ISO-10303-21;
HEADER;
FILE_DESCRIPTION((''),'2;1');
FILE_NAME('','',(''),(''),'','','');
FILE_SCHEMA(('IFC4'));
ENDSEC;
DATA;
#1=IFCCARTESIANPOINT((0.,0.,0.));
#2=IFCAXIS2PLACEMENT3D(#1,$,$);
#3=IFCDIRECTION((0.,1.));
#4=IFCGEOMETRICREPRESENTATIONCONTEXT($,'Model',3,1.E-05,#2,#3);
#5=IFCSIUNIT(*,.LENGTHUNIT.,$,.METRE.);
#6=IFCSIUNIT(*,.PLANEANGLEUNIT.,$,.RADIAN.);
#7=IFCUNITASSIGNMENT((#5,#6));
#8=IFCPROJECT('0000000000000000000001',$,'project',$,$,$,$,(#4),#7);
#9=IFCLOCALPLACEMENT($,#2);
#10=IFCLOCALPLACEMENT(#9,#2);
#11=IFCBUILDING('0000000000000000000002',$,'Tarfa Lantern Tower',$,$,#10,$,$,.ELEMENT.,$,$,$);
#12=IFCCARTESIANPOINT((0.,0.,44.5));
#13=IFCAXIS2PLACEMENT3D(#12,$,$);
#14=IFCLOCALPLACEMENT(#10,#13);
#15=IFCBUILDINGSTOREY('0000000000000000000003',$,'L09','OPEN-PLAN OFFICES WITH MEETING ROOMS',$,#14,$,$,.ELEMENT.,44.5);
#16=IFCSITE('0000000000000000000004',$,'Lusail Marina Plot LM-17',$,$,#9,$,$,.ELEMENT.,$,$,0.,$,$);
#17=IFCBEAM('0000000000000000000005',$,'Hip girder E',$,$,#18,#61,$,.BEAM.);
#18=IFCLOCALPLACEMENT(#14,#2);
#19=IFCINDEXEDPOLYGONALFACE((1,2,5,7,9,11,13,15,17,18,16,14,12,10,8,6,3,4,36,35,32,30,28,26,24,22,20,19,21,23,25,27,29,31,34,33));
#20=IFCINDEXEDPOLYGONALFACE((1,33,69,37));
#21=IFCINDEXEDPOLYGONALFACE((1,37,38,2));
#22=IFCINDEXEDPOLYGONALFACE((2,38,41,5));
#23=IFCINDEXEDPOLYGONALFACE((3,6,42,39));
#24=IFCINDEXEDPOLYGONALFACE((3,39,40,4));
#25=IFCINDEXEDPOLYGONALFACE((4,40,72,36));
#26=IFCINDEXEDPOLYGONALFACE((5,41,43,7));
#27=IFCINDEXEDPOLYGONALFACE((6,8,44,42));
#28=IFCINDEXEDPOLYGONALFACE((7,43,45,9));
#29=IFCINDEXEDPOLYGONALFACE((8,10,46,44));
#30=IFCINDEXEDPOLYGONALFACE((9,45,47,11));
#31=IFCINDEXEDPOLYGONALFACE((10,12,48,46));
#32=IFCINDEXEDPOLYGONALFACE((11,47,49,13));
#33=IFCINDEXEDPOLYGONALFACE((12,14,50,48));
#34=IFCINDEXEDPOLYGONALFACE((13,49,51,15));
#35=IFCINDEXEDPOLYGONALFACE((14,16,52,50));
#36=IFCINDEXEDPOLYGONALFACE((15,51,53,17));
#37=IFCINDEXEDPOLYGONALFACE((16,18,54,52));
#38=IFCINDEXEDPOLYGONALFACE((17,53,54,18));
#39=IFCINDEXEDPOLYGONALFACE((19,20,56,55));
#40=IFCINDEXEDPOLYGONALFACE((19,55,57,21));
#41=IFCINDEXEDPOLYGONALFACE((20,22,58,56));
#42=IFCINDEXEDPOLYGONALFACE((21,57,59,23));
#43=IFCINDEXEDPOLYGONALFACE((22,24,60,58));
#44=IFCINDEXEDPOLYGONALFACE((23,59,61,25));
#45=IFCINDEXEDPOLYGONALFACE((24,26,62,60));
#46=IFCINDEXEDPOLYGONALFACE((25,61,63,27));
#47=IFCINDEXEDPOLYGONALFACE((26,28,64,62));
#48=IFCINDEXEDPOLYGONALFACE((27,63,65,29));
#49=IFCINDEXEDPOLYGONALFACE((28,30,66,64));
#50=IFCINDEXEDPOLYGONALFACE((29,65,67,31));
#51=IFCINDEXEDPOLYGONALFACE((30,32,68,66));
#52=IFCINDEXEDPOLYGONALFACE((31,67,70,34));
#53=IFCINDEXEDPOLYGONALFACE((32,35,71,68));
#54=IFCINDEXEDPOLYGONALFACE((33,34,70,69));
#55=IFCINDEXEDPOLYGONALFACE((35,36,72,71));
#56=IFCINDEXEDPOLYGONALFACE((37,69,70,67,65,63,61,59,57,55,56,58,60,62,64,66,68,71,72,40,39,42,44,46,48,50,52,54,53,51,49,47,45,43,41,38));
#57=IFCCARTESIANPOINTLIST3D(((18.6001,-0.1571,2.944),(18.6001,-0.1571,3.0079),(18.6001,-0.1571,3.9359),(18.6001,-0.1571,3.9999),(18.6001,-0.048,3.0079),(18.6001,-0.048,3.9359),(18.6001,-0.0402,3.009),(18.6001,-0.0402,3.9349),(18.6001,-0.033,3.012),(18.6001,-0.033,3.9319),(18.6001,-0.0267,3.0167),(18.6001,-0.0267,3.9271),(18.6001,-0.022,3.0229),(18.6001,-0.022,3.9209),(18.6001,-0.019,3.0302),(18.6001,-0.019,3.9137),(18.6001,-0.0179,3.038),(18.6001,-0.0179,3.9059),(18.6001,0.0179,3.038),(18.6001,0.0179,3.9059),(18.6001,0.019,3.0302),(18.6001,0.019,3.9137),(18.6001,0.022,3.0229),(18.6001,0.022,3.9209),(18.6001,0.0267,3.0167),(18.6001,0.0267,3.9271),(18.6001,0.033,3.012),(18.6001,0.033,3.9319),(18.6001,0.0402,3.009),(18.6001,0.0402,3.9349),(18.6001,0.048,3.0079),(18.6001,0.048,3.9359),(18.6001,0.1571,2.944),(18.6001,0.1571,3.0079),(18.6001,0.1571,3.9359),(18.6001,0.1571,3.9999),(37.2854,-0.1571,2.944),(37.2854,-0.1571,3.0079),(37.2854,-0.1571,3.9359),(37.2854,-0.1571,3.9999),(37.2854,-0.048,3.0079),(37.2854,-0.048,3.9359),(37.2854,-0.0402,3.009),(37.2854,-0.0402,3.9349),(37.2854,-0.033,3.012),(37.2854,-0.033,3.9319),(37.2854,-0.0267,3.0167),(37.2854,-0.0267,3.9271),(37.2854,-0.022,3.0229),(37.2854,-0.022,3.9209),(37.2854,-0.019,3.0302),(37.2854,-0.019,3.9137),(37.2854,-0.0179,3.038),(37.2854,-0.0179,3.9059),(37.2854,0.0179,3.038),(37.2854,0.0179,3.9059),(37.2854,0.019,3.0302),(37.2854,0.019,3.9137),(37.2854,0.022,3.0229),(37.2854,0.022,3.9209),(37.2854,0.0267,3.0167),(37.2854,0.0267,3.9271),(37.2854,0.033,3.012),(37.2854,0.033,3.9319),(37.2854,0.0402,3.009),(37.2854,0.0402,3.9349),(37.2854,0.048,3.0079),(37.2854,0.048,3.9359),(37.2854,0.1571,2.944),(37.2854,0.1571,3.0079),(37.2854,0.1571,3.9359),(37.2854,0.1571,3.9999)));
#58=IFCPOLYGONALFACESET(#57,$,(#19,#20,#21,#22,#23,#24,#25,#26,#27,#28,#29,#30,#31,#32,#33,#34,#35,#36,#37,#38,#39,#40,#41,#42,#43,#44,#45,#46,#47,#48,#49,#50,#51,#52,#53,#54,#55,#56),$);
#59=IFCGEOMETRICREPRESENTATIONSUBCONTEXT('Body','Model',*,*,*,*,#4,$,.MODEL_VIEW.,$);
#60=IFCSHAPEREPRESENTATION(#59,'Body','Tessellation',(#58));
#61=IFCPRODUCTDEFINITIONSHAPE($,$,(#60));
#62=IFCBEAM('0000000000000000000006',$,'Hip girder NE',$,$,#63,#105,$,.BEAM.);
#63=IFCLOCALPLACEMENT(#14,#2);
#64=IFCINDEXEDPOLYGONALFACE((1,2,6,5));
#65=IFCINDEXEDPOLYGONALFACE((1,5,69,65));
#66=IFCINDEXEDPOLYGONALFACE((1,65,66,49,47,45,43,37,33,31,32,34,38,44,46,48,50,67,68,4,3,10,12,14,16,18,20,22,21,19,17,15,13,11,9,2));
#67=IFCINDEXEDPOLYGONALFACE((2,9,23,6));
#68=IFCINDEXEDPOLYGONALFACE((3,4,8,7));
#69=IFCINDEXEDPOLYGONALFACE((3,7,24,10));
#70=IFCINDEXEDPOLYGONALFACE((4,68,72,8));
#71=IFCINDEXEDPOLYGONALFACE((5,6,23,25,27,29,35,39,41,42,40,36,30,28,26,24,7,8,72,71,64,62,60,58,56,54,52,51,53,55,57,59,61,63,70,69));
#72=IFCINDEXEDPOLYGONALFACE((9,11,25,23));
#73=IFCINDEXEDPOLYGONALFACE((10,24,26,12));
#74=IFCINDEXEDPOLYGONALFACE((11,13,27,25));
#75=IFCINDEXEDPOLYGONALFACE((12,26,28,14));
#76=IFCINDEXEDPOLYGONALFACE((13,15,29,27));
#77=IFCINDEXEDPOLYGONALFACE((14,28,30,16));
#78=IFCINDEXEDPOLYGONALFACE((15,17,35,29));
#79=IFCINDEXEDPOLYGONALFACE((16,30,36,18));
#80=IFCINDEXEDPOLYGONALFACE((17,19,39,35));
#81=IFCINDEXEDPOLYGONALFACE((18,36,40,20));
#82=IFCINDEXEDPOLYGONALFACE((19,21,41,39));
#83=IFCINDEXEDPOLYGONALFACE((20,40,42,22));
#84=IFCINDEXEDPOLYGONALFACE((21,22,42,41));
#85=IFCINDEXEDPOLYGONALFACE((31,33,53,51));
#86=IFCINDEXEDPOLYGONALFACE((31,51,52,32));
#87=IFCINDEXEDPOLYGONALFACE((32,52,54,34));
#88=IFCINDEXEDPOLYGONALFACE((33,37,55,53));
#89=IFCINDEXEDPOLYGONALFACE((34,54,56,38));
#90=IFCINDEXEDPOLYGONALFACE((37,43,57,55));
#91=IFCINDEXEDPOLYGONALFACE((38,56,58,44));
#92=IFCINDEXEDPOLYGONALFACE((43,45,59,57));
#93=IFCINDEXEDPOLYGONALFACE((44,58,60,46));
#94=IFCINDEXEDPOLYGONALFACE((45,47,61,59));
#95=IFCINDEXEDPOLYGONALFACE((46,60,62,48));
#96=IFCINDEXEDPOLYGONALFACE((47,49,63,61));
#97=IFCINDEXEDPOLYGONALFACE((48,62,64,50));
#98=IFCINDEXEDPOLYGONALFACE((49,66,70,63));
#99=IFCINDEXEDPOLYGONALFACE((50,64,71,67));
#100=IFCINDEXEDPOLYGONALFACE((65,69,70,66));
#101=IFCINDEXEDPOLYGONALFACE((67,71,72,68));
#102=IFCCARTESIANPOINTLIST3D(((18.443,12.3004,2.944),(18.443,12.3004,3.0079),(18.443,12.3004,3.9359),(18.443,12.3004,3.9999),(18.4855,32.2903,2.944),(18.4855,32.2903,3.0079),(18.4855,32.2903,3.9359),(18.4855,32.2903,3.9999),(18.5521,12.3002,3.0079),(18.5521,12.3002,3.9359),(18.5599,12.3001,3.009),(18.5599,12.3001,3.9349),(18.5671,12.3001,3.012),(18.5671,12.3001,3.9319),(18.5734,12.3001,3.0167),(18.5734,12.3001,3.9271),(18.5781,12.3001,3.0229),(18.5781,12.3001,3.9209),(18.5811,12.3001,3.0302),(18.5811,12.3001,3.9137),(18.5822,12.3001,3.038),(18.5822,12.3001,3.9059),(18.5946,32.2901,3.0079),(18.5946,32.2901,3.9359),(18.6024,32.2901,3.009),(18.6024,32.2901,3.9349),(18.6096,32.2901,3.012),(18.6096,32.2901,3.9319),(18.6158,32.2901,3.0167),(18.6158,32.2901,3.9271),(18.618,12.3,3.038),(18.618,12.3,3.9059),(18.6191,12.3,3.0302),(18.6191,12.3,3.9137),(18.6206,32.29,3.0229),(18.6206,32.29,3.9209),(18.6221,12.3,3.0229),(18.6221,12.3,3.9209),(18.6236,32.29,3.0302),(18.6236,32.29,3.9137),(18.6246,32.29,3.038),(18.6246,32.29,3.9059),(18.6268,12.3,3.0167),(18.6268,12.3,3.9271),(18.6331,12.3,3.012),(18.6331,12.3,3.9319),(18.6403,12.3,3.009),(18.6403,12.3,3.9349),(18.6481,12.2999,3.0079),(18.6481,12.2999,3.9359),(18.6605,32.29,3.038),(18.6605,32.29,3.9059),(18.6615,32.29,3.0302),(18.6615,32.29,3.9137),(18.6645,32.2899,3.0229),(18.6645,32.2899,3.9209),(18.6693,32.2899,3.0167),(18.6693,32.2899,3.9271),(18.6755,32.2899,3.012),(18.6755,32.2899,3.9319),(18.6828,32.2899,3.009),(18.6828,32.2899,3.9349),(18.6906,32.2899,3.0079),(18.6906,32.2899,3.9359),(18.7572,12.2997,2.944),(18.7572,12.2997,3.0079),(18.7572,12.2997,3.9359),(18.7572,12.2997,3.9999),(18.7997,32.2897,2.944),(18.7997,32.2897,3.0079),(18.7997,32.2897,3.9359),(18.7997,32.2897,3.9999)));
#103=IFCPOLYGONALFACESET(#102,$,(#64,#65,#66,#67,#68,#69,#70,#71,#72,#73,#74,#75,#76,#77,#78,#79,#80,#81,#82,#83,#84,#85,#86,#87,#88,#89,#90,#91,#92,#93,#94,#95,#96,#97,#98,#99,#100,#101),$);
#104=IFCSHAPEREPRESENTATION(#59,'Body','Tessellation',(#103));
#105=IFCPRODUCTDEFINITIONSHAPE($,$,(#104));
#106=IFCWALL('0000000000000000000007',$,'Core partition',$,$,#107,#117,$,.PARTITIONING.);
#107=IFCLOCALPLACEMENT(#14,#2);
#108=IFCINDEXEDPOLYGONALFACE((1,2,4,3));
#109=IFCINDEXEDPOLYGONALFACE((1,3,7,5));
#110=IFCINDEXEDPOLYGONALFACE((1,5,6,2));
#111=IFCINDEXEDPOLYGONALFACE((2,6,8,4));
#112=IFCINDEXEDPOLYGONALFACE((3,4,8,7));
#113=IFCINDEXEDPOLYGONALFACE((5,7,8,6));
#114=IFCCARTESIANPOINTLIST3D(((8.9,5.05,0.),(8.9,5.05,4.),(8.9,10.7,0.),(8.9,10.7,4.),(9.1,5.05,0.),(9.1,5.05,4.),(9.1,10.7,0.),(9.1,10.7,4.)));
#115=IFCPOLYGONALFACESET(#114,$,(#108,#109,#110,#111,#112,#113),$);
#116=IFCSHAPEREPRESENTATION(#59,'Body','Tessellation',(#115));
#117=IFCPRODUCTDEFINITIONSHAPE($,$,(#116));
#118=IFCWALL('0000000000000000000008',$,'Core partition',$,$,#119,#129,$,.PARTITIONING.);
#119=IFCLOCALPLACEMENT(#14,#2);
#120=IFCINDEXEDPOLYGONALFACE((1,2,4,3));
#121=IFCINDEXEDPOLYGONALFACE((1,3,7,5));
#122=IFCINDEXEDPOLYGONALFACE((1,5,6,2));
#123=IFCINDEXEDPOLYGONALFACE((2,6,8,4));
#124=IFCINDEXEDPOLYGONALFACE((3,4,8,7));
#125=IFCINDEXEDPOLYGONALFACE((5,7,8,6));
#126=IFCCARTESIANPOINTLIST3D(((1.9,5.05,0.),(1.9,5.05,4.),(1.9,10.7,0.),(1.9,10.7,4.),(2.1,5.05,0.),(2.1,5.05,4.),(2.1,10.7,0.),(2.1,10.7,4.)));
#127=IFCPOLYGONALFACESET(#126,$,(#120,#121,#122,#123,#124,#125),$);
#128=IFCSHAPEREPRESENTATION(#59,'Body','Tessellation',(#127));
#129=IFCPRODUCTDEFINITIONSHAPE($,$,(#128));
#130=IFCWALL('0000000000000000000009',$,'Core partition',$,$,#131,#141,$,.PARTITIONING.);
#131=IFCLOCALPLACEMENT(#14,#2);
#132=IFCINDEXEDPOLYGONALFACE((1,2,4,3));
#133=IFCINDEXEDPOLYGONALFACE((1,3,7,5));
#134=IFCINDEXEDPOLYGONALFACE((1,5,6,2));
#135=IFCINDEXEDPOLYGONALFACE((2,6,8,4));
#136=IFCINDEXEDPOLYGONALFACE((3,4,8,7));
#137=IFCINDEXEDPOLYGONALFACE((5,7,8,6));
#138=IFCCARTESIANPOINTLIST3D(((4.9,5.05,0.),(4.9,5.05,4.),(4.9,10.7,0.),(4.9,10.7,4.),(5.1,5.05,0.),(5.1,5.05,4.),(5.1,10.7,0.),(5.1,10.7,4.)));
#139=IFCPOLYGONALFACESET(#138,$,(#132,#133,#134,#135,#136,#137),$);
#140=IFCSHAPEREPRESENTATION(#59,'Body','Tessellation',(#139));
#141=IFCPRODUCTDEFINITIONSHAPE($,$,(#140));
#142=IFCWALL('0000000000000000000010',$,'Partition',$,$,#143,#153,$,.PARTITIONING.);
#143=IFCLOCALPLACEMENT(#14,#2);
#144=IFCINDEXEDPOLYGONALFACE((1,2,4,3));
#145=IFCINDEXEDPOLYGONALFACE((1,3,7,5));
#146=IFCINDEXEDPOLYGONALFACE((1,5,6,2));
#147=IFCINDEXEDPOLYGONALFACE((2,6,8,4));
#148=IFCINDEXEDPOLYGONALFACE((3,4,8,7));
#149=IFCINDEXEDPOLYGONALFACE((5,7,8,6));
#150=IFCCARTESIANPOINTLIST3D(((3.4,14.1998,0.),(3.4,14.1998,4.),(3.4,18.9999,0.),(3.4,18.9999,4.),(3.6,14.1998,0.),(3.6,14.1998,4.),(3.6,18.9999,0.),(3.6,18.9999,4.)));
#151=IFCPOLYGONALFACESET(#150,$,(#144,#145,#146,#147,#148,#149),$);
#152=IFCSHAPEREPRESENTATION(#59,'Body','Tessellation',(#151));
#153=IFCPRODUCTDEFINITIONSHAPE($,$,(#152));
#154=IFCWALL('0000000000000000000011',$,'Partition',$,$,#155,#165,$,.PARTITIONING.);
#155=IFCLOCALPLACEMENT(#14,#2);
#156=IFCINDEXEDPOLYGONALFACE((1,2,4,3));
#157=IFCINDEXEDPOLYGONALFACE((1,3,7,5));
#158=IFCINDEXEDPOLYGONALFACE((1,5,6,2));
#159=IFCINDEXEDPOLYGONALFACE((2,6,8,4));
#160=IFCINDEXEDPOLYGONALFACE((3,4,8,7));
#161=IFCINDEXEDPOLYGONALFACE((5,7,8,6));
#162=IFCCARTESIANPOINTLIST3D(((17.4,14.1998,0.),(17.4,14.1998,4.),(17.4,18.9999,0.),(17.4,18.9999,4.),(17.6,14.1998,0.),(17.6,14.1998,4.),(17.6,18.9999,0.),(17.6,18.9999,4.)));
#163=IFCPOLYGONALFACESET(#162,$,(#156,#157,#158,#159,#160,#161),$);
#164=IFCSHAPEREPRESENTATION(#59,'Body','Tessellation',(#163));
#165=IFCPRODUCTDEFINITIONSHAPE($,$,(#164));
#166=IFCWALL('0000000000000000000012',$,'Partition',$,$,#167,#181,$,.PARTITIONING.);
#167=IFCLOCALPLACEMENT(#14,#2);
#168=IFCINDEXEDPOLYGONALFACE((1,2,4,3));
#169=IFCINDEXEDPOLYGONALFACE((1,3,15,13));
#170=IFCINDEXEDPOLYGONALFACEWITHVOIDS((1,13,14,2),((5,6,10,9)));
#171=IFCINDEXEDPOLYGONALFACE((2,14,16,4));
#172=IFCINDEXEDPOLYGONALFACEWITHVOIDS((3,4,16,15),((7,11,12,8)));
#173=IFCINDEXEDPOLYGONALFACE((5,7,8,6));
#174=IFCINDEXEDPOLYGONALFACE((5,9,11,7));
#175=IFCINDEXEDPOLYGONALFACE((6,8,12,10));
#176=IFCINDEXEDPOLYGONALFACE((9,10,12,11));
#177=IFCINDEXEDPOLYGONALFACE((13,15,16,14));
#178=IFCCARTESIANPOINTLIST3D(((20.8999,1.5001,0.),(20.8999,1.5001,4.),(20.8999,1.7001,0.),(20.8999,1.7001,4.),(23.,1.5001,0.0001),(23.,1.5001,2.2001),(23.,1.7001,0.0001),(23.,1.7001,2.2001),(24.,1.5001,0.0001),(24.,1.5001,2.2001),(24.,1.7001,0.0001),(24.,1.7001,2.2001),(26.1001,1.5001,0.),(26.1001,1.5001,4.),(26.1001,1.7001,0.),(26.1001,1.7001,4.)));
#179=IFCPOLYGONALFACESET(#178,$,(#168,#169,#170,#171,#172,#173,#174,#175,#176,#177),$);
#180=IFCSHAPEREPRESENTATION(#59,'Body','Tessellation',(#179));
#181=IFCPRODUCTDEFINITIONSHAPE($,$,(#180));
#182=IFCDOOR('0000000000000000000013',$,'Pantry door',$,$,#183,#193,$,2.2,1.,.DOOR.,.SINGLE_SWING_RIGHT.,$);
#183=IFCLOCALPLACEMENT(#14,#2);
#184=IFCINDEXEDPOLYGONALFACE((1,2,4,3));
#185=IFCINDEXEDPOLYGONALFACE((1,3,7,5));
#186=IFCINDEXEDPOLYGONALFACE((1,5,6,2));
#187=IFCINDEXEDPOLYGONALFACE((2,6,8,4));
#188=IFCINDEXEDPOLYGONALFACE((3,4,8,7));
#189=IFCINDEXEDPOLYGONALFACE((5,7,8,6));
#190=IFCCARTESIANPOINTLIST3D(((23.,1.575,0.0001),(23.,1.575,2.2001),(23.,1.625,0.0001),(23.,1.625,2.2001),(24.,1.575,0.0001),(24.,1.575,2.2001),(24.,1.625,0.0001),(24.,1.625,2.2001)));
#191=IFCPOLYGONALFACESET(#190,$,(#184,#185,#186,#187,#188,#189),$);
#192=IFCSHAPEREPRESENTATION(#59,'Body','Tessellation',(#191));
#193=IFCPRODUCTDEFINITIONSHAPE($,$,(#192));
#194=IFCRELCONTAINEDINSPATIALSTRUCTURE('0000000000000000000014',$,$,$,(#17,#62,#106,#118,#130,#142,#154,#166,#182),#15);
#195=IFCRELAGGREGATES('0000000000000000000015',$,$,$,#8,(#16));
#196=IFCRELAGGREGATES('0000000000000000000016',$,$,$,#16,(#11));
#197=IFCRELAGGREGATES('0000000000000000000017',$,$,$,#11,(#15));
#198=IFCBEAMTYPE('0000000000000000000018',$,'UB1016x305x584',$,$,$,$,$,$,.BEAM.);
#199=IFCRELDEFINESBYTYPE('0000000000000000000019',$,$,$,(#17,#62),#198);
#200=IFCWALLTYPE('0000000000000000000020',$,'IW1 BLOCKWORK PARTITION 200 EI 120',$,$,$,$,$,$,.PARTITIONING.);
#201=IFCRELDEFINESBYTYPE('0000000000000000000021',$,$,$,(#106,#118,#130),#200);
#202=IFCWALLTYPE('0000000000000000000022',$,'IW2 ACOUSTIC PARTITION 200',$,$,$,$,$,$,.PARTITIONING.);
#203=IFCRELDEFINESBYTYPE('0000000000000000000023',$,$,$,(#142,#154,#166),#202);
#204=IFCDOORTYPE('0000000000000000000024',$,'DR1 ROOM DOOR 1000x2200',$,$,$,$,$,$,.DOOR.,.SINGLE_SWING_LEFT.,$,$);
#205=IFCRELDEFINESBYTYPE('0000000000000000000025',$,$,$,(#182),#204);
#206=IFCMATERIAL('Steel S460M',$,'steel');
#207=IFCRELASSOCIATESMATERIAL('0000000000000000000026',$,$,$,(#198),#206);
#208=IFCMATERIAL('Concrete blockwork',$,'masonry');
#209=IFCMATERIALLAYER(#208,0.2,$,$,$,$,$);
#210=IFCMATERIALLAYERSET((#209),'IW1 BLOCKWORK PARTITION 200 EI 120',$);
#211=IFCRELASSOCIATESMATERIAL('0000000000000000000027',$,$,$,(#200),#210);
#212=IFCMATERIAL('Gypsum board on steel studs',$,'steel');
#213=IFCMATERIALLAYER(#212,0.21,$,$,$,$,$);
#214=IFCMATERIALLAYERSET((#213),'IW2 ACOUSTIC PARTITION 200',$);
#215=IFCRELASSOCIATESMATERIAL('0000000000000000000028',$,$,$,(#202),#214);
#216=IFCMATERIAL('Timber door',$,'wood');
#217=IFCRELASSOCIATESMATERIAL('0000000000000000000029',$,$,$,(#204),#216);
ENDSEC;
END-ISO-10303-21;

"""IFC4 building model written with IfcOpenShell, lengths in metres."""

from ifc_helpers import new_model, si_unit, direction, frame, frame_2d, origin, origin_2d, place, context, subcontext, project, spatial, rectangle, i_section, extrude, material, layer, layer_set, material_profile, profile_set, type_object, element, fill, save


model = new_model("IFC4")

# Units and contexts
model_context = context("Model", 3, precision=1e-05, world=origin(), true_north=direction((0.0, 1.0)))
body_context = subcontext(model_context, "Body", "Model", "MODEL_VIEW")
ifc_project = project(units=[si_unit("LENGTHUNIT", "METRE"), si_unit("PLANEANGLEUNIT", "RADIAN")], contexts=[model_context])

# Site, building, storey
site_placement = place(None, origin())
site = spatial("IfcSite", under=ifc_project, at=site_placement, Name="Lusail Marina Plot LM-17", CompositionType="ELEMENT", RefElevation=0.0)
building_placement = place(site_placement, origin())
building = spatial("IfcBuilding", under=site, at=building_placement, Name="Tarfa Lantern Tower", CompositionType="ELEMENT")
storey_placement = place(building_placement, frame((0.0, 0.0, 44.5)))
storey = spatial("IfcBuildingStorey", under=building, at=storey_placement, Name="L09", Description="OPEN-PLAN OFFICES WITH MEETING ROOMS", CompositionType="ELEMENT", Elevation=44.5)

# Beams
ifc_material_1 = material(Name="Steel S460M", Category="steel")
ifc_material_profile = material_profile(ifc_material_1, i_section(OverallWidth=0.3142, OverallDepth=1.0559, WebThickness=0.0359, FlangeThickness=0.064, FilletRadius=0.03, at=origin_2d()), Name="UB1016x305x584")
ifc_profile_set = profile_set([ifc_material_profile], Name="Steel S460M")
beam_type = type_object("IfcBeamType", Name="UB1016x305x584", PredefinedType="BEAM", material=ifc_profile_set)
beam_1_placement = place(storey_placement, frame((18.6001, 0.0, 3.4719), z_axis=(1.0, 0.0, 0.0), x_axis=(0.0, 1.0, 0.0)))
element("IfcBeam", 1, at=beam_1_placement, inside=storey, type_object=beam_type, Name="Hip girder E", PredefinedType="BEAM", context=body_context, shape_type="SweptSolid", body=[
    extrude(i_section(OverallWidth=0.3142, OverallDepth=1.0559, WebThickness=0.0359, FlangeThickness=0.064, FilletRadius=0.03, at=origin_2d()), origin(), (0.0, 0.0, 1.0), 18.6853),
])
beam_2_placement = place(storey_placement, frame((18.6001, 12.3, 3.4719), z_axis=(0.002125, 0.999998, 0.0), x_axis=(-0.999998, 0.002125, 0.0)))
element("IfcBeam", 2, at=beam_2_placement, inside=storey, type_object=beam_type, Name="Hip girder NE", PredefinedType="BEAM", context=body_context, shape_type="SweptSolid", body=[
    extrude(i_section(OverallWidth=0.3142, OverallDepth=1.0559, WebThickness=0.0359, FlangeThickness=0.064, FilletRadius=0.03, at=origin_2d()), origin(), (0.0, 0.0, 1.0), 19.99),
])

# Walls
ifc_material_2 = material(Name="Concrete blockwork", Category="masonry")
ifc_layer_1 = layer(ifc_material_2, 0.2)
ifc_layer_set_1 = layer_set([ifc_layer_1], Name="IW1 BLOCKWORK PARTITION 200 EI 120")
wall_type_1 = type_object("IfcWallType", Name="IW1 BLOCKWORK PARTITION 200 EI 120", PredefinedType="PARTITIONING", material=ifc_layer_set_1)
for number, where, z_axis, x_axis, name in (
    (3, (9.0, 5.05, 0.0), (0.0, 0.0, 1.0), (0.0, 1.0, 0.0), "Core partition"),
    (4, (2.0, 5.05, 0.0), (0.0, 0.0, 1.0), (0.0, 1.0, 0.0), "Core partition"),
    (5, (5.0, 5.05, 0.0), (0.0, 0.0, 1.0), (0.0, 1.0, 0.0), "Core partition"),
):
    element("IfcWall", number, at=place(storey_placement, frame(where, z_axis=z_axis, x_axis=x_axis)), inside=storey, type_object=wall_type_1, Name=name, PredefinedType="PARTITIONING", context=body_context, shape_type="SweptSolid", body=[
        extrude(rectangle(XDim=5.6499, YDim=0.2, at=frame_2d((2.825, 0.0))), origin(), (0.0, 0.0, 1.0), 4.0),
    ])
ifc_material_3 = material(Name="Gypsum board on steel studs", Category="steel")
ifc_layer_2 = layer(ifc_material_3, 0.21)
ifc_layer_set_2 = layer_set([ifc_layer_2], Name="IW2 ACOUSTIC PARTITION 200")
wall_type_2 = type_object("IfcWallType", Name="IW2 ACOUSTIC PARTITION 200", PredefinedType="PARTITIONING", material=ifc_layer_set_2)
for number, where, z_axis, x_axis, name in (
    (6, (3.5, 14.2, 0.0), (0.0, 0.0, 1.0), (0.0, 1.0, 0.0), "Partition"),
    (7, (17.5, 14.2, 0.0), (0.0, 0.0, 1.0), (0.0, 1.0, 0.0), "Partition"),
):
    element("IfcWall", number, at=place(storey_placement, frame(where, z_axis=z_axis, x_axis=x_axis)), inside=storey, type_object=wall_type_2, Name=name, PredefinedType="PARTITIONING", context=body_context, shape_type="SweptSolid", body=[
        extrude(rectangle(XDim=4.8, YDim=0.2, at=frame_2d((2.3999, 0.0))), origin(), (0.0, 0.0, 1.0), 4.0),
    ])

# Wall, opening, door
wall_1_placement = place(storey_placement, frame((20.8999, 1.6001, 0.0), z_axis=(0.0, 0.0, 1.0), x_axis=(1.0, 0.0, 0.0)))
wall_1 = element("IfcWall", 8, at=wall_1_placement, inside=storey, type_object=wall_type_2, Name="Partition", PredefinedType="PARTITIONING", context=body_context, shape_type="SweptSolid", body=[
    extrude(rectangle(XDim=5.2002, YDim=0.2, at=frame_2d((2.6001, 0.0))), origin(), (0.0, 0.0, 1.0), 4.0),
])
opening_1_placement = place(wall_1_placement, frame((2.1001, 0.0, 0.0)))
opening_1 = element("IfcOpeningElement", 9, at=opening_1_placement, cuts=wall_1, PredefinedType="OPENING", context=body_context, shape_type="SweptSolid", body=[
    extrude(rectangle(XDim=1.0, YDim=2.2, at=frame_2d((0.5, 1.1001))), frame((0.0, 0.1099, 0.0), z_axis=(0.0, -1.0, 0.0), x_axis=(1.0, 0.0, 0.0)), (0.0, 0.0, 1.0), 0.22),
])
ifc_material_4 = material(Name="Timber door", Category="wood")
door_type_1 = type_object("IfcDoorType", Name="DR1 ROOM DOOR 1000x2200", OperationType="SINGLE_SWING_LEFT", PredefinedType="DOOR", material=ifc_material_4)
door_1_placement = place(opening_1_placement, origin())
door_1 = element("IfcDoor", 10, at=door_1_placement, inside=storey, type_object=door_type_1, Name="Pantry door", OperationType="SINGLE_SWING_RIGHT", OverallHeight=2.2, OverallWidth=1.0, PredefinedType="DOOR", context=body_context, shape_type="SweptSolid", body=[
    extrude(rectangle(XDim=1.0, YDim=2.2, at=frame_2d((0.5, 1.1001))), frame((0.0, 0.0249, 0.0), z_axis=(0.0, -1.0, 0.0), x_axis=(1.0, 0.0, 0.0)), (0.0, 0.0, 1.0), 0.05),
])
fill(opening_1, door_1)

save(model, "model.ifc")
